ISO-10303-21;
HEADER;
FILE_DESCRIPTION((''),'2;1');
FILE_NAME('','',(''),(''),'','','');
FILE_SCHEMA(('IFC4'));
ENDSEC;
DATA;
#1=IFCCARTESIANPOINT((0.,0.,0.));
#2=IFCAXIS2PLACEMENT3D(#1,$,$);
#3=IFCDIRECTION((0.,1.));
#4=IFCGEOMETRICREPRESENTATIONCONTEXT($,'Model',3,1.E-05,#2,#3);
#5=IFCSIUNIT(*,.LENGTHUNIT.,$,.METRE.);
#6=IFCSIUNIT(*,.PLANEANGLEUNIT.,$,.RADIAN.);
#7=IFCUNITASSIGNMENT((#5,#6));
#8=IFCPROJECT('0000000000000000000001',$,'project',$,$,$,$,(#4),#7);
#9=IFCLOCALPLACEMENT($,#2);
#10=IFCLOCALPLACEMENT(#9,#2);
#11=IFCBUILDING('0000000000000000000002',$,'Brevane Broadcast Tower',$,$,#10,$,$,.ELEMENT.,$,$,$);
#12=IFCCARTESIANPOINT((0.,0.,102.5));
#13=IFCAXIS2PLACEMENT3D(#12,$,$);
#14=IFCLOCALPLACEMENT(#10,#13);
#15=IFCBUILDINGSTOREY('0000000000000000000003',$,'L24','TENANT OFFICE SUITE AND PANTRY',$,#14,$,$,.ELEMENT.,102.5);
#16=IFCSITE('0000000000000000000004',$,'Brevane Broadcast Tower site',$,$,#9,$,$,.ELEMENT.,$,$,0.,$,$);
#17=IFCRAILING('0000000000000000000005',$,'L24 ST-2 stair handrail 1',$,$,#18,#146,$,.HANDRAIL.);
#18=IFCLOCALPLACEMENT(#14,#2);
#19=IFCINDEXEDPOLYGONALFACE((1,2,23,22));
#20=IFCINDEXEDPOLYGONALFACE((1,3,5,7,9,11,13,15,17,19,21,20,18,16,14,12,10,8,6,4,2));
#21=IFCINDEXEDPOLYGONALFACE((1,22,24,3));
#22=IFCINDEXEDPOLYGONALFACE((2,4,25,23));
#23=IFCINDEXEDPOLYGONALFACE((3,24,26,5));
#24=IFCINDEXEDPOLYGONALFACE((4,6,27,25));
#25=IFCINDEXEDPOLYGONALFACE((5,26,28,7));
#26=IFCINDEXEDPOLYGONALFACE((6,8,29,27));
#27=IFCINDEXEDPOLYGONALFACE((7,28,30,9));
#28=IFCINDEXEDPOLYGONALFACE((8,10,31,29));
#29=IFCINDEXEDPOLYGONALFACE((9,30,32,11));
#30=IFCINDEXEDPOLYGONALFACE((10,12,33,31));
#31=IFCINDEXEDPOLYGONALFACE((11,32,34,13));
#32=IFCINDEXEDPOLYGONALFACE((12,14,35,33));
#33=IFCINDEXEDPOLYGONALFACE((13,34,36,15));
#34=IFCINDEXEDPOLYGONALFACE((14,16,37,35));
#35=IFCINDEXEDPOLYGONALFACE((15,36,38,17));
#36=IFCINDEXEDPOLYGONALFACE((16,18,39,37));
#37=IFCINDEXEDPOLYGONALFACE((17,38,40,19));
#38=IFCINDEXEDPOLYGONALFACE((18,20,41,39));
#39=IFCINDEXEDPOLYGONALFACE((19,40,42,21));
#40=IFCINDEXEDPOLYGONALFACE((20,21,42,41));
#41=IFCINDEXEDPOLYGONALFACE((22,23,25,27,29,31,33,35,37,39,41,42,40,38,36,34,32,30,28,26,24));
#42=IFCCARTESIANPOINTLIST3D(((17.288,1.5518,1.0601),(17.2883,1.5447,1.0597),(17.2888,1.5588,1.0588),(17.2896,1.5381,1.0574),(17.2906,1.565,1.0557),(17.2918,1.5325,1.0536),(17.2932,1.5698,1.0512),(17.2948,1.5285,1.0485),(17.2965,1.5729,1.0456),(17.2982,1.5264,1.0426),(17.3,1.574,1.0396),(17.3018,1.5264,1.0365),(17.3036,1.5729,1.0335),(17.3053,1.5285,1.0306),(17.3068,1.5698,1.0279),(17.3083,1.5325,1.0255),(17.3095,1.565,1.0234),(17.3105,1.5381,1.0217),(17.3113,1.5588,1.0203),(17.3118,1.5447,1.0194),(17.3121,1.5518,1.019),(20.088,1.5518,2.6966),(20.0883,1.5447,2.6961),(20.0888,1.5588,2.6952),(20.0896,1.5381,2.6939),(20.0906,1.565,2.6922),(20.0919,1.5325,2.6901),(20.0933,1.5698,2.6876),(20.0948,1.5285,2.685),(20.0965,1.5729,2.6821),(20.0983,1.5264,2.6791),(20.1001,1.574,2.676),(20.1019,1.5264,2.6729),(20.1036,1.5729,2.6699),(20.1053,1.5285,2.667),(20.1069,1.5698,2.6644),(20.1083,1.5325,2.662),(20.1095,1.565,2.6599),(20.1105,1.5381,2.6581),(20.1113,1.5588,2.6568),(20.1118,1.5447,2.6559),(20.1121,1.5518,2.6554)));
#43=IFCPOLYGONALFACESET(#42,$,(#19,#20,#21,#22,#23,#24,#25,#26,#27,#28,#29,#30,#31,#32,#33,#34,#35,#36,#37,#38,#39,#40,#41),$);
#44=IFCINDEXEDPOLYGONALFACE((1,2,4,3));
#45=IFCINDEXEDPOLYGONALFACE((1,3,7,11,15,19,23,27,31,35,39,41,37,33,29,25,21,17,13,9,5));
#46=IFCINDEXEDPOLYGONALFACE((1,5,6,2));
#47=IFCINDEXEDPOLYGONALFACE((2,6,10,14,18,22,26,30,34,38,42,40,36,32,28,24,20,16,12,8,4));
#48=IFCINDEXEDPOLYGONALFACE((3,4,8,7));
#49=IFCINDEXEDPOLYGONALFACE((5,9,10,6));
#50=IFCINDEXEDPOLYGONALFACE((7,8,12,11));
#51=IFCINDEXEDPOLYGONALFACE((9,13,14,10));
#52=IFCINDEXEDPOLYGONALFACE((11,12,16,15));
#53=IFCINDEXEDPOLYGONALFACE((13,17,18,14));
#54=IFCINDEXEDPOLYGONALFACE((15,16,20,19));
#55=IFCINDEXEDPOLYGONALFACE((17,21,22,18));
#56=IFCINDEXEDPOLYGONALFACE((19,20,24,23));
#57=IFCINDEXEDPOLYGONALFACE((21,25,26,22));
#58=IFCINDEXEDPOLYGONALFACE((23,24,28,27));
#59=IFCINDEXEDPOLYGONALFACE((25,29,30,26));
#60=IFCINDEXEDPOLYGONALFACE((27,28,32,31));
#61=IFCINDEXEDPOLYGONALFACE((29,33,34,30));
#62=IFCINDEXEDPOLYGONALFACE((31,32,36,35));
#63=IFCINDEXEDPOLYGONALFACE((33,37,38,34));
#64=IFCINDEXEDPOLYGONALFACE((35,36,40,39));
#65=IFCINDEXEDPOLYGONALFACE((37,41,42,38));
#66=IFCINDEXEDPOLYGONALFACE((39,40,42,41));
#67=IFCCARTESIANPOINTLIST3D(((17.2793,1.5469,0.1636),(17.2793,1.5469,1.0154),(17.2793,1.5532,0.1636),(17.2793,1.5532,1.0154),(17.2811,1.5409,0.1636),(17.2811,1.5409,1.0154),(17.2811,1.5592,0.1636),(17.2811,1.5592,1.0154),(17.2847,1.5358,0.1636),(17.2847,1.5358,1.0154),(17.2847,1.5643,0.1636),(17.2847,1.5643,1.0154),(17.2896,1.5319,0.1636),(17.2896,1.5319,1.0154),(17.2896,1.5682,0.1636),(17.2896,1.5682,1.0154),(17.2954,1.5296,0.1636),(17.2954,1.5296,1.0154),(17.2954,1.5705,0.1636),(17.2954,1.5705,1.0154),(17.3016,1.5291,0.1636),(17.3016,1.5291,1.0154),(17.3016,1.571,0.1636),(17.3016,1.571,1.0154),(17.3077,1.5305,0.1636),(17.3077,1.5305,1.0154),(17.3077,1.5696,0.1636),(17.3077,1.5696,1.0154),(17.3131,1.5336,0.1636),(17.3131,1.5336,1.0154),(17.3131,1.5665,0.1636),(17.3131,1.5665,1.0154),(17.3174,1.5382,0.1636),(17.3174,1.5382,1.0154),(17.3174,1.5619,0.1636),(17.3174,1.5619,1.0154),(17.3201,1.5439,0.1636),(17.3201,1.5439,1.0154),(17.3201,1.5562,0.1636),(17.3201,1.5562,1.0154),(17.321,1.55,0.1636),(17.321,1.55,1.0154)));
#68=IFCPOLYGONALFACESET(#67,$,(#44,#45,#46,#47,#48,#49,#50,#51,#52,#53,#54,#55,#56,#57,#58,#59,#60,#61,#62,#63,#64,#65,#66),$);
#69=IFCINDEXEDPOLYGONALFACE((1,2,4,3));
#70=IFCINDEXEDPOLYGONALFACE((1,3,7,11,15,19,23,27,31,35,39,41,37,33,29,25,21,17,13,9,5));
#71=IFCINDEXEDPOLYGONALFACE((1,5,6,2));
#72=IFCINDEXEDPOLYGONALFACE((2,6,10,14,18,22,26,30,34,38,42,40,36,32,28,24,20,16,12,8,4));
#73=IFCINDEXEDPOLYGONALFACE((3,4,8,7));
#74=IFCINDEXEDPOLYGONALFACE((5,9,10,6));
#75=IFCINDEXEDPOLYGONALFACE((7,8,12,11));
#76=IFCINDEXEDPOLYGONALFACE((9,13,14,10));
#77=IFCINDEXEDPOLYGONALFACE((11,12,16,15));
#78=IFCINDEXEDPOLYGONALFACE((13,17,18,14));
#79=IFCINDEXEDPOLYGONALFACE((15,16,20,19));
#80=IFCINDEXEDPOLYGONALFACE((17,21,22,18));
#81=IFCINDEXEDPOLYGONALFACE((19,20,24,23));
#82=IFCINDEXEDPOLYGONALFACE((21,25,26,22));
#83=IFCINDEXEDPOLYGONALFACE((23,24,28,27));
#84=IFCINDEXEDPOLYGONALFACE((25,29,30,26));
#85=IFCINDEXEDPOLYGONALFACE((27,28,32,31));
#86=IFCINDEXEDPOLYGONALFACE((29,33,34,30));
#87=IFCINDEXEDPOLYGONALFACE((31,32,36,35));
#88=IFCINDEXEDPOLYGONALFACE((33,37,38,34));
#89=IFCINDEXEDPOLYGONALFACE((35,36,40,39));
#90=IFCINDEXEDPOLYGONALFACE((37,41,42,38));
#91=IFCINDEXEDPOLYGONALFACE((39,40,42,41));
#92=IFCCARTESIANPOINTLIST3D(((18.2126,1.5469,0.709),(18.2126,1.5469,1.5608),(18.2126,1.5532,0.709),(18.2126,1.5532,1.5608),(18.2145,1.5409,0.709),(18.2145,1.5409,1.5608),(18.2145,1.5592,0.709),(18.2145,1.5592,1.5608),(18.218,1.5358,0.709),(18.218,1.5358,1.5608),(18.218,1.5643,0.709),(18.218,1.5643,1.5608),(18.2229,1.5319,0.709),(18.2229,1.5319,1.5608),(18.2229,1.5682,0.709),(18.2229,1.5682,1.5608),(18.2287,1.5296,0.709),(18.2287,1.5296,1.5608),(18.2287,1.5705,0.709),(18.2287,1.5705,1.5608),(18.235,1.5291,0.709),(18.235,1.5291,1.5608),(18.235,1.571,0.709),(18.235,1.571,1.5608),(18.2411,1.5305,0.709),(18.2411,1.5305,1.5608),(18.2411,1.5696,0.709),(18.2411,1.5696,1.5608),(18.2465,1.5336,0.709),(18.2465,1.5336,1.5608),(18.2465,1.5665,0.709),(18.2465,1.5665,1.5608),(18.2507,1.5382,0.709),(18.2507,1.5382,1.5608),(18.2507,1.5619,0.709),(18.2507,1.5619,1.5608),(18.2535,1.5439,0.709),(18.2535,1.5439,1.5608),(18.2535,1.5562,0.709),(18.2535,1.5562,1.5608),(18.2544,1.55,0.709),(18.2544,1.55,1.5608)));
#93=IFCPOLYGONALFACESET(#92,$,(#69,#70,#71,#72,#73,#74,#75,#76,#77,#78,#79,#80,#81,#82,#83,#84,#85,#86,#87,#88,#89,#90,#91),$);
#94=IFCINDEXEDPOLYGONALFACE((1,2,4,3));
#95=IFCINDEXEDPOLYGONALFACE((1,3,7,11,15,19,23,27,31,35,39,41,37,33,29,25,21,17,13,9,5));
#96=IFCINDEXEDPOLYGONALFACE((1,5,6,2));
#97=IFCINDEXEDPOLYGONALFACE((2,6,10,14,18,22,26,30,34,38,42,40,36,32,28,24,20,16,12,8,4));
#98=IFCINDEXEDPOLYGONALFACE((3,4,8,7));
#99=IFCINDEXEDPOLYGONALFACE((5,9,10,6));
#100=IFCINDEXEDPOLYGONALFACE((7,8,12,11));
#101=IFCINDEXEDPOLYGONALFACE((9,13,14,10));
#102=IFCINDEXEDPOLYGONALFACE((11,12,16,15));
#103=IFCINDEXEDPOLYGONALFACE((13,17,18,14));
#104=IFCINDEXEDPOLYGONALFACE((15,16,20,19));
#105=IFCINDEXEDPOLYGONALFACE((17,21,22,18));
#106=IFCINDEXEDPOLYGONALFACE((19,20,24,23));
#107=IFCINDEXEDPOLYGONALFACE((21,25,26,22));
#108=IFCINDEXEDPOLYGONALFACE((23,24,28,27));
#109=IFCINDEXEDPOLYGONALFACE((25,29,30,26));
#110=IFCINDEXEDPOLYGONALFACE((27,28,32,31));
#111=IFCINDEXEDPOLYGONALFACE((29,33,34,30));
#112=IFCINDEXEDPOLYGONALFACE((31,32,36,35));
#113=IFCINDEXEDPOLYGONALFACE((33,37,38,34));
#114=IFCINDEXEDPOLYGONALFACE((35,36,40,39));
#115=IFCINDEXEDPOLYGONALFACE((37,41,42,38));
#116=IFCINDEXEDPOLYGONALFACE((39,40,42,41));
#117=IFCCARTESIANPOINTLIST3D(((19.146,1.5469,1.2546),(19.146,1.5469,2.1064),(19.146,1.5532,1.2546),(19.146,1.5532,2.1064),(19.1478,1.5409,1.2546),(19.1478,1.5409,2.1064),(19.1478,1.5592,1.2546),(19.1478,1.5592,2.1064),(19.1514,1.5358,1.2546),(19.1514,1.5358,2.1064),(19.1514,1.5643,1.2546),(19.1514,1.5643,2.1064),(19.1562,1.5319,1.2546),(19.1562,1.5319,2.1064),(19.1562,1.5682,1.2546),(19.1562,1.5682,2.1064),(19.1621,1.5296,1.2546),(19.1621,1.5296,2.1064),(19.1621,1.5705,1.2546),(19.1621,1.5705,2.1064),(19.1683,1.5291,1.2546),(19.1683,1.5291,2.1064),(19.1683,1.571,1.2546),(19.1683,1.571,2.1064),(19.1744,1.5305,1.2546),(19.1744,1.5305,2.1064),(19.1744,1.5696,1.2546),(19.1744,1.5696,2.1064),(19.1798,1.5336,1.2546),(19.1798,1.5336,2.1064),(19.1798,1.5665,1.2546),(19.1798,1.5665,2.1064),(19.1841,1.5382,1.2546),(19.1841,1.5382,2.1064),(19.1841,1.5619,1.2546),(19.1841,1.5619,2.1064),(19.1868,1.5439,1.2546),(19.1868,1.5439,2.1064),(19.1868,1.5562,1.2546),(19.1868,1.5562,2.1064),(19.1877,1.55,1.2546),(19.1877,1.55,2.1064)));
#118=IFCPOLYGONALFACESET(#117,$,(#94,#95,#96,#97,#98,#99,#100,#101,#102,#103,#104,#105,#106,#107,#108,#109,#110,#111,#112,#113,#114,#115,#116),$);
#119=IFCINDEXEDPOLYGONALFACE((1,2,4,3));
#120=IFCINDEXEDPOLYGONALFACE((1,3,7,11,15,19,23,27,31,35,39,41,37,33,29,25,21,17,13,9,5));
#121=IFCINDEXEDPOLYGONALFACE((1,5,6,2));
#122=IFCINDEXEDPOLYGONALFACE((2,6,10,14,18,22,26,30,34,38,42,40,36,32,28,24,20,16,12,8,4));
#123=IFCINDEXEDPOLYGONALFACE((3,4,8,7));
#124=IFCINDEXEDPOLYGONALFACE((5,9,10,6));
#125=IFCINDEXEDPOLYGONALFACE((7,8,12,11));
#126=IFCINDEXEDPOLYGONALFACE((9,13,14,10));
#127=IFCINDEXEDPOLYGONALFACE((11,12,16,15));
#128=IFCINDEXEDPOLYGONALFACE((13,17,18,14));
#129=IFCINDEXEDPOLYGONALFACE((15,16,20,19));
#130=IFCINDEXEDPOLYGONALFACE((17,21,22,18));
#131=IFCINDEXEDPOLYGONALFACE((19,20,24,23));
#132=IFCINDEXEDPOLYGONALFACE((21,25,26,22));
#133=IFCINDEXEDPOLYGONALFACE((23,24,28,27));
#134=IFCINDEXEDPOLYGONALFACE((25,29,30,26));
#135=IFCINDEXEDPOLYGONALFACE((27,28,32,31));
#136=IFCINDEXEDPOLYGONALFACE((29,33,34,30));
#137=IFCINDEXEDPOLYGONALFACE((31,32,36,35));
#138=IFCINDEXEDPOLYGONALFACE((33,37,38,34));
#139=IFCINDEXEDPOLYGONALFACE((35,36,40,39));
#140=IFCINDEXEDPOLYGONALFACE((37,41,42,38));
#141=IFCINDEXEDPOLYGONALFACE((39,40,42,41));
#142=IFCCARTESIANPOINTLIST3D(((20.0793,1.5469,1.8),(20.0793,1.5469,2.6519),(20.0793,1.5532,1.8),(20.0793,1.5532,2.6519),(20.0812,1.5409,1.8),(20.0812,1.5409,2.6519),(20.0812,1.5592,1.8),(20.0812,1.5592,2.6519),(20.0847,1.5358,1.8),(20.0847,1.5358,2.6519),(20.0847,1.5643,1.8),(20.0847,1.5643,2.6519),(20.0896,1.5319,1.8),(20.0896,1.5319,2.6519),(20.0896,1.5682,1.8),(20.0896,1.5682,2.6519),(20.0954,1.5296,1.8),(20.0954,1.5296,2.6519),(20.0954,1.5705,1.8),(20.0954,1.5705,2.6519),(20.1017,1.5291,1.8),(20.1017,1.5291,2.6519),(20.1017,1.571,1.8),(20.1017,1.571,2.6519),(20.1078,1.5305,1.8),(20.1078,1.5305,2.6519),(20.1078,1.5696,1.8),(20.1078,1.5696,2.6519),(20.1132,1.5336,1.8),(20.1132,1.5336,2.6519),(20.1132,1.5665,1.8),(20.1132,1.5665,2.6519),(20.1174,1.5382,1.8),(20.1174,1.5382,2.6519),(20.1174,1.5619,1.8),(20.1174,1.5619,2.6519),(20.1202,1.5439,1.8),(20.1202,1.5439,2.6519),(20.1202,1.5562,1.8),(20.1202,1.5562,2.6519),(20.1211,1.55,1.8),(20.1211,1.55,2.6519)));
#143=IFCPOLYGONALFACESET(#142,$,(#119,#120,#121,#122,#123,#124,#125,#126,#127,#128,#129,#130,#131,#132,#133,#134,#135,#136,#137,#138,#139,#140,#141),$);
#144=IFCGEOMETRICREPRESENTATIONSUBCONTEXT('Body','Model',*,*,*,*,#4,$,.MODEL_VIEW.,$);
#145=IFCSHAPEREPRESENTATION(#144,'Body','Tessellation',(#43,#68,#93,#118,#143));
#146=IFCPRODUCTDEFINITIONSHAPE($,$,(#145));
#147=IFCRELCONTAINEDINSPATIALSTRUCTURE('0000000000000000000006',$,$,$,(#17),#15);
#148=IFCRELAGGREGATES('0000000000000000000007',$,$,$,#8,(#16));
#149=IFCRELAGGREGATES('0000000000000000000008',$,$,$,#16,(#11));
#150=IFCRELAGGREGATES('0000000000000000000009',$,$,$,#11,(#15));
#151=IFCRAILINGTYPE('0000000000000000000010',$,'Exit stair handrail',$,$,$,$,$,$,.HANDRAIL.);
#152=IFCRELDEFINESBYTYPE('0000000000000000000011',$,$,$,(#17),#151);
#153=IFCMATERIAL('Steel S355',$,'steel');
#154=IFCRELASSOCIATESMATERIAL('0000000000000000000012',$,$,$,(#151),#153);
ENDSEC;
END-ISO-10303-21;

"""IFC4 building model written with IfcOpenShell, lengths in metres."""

from ifc_helpers import new_model, si_unit, direction, frame, origin, origin_2d, place, context, subcontext, project, spatial, circle, extrude, material, type_object, element, save


model = new_model("IFC4")

# Units and contexts
model_context = context("Model", 3, precision=1e-05, world=origin(), true_north=direction((0.0, 1.0)))
body_context = subcontext(model_context, "Body", "Model", "MODEL_VIEW")
ifc_project = project(units=[si_unit("LENGTHUNIT", "METRE"), si_unit("PLANEANGLEUNIT", "RADIAN")], contexts=[model_context])

# Site, building, storey
site_placement = place(None, origin())
site = spatial("IfcSite", under=ifc_project, at=site_placement, Name="Brevane Broadcast Tower site", CompositionType="ELEMENT", RefElevation=0.0)
building_placement = place(site_placement, origin())
building = spatial("IfcBuilding", under=site, at=building_placement, Name="Brevane Broadcast Tower", CompositionType="ELEMENT")
storey_placement = place(building_placement, frame((0.0, 0.0, 102.5)))
storey = spatial("IfcBuildingStorey", under=building, at=storey_placement, Name="L24", Description="TENANT OFFICE SUITE AND PANTRY", CompositionType="ELEMENT", Elevation=102.5)

# Railing
ifc_material_1 = material(Name="Steel S355", Category="steel")
railing_type_1 = type_object("IfcRailingType", Name="Exit stair handrail", PredefinedType="HANDRAIL", material=ifc_material_1)
railing_1_placement = place(storey_placement, frame((17.3, 1.55, 0.1636)))
element("IfcRailing", 1, at=railing_1_placement, inside=storey, type_object=railing_type_1, Name="L24 ST-2 stair handrail 1", PredefinedType="HANDRAIL", context=body_context, shape_type="SweptSolid", body=[
    extrude(circle(Radius=0.0239, at=origin_2d()), frame((0.0, 0.0, 0.876), z_axis=(0.863361, 0.0, 0.504587), x_axis=(0.0, 1.0, 0.0)), (0.0, 0.0, 1.0), 3.2432),
    extrude(circle(Radius=0.021, at=origin_2d()), origin(), (0.0, 0.0, 1.0), 0.8518),
    extrude(circle(Radius=0.021, at=origin_2d()), frame((0.9333, 0.0, 0.5454)), (0.0, 0.0, 1.0), 0.8518),
    extrude(circle(Radius=0.021, at=origin_2d()), frame((1.8667, 0.0, 1.0911)), (0.0, 0.0, 1.0), 0.8518),
    extrude(circle(Radius=0.021, at=origin_2d()), frame((2.8, 0.0, 1.6365)), (0.0, 0.0, 1.0), 0.8518),
])

save(model, "model.ifc")
